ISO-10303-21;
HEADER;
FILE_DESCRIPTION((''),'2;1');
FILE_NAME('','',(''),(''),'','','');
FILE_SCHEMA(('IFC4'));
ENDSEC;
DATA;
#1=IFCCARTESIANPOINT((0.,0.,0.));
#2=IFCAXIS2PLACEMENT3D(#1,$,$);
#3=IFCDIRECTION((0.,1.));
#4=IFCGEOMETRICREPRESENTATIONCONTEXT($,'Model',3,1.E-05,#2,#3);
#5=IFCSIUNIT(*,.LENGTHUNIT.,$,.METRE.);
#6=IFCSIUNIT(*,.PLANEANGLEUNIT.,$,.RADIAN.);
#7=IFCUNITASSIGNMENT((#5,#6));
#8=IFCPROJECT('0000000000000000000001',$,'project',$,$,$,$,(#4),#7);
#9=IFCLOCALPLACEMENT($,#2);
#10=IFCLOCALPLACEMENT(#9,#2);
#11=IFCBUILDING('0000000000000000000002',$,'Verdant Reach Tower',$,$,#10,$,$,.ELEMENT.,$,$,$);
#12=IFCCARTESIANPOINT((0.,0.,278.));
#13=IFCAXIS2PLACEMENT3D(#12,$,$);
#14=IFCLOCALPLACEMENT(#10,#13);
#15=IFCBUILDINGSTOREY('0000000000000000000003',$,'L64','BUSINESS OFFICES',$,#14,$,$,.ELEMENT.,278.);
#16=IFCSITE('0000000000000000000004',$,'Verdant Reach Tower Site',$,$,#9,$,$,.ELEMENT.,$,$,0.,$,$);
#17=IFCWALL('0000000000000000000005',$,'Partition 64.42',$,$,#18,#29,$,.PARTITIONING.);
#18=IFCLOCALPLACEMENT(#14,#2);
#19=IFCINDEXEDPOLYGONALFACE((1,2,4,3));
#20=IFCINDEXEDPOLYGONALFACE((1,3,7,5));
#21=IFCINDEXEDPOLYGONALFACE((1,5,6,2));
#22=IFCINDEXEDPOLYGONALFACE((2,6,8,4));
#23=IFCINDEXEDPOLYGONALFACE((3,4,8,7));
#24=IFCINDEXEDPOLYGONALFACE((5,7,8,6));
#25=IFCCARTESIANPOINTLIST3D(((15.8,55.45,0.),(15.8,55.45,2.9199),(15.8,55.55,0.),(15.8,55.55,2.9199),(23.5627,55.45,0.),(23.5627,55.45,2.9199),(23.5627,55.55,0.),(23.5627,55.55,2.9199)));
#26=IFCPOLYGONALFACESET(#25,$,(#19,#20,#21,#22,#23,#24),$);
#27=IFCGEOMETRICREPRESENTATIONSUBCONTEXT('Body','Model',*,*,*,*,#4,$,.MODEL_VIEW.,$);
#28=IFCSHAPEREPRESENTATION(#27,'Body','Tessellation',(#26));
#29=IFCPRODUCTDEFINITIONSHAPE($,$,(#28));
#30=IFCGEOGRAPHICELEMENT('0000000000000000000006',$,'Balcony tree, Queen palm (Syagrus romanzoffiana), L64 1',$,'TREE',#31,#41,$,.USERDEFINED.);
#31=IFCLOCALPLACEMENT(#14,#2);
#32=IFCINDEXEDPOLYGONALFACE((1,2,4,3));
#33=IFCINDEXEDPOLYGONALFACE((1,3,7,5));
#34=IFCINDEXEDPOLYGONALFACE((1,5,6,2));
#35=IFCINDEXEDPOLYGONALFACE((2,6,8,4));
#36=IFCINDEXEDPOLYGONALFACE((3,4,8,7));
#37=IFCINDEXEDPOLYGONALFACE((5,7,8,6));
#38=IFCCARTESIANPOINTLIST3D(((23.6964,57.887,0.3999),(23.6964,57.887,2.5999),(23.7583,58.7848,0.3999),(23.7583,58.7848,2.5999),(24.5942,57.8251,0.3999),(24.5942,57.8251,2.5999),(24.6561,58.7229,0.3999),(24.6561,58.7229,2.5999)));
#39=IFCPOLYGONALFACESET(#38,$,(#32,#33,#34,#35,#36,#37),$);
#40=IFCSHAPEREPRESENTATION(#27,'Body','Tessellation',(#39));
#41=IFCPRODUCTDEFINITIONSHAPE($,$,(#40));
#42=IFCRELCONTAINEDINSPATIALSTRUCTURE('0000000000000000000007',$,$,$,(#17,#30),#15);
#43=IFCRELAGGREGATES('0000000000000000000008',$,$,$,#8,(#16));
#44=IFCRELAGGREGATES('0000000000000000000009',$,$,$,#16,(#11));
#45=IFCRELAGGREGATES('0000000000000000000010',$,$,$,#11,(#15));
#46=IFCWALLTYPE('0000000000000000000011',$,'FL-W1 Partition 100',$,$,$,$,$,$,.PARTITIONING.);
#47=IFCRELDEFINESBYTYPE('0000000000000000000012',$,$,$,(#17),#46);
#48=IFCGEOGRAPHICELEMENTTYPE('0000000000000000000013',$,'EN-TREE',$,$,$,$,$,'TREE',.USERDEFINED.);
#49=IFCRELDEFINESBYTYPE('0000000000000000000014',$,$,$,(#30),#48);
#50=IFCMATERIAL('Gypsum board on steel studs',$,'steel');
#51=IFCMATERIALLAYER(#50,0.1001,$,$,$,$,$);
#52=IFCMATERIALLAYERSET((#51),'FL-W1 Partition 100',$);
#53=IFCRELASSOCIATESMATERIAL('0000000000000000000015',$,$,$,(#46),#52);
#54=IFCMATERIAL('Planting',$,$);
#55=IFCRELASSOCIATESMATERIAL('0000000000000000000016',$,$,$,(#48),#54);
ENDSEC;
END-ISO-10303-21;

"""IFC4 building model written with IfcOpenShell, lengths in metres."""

from ifc_helpers import new_model, si_unit, direction, frame, frame_2d, origin, origin_2d, place, context, subcontext, project, spatial, rectangle, extrude, material, layer, layer_set, type_object, element, save


model = new_model("IFC4")

# Units and contexts
model_context = context("Model", 3, precision=1e-05, world=origin(), true_north=direction((0.0, 1.0)))
body_context = subcontext(model_context, "Body", "Model", "MODEL_VIEW")
ifc_project = project(units=[si_unit("LENGTHUNIT", "METRE"), si_unit("PLANEANGLEUNIT", "RADIAN")], contexts=[model_context])

# Site, building, storey
site_placement = place(None, origin())
site = spatial("IfcSite", under=ifc_project, at=site_placement, Name="Verdant Reach Tower Site", CompositionType="ELEMENT", RefElevation=0.0)
building_placement = place(site_placement, origin())
building = spatial("IfcBuilding", under=site, at=building_placement, Name="Verdant Reach Tower", CompositionType="ELEMENT")
storey_placement = place(building_placement, frame((0.0, 0.0, 278.0)))
storey = spatial("IfcBuildingStorey", under=building, at=storey_placement, Name="L64", Description="BUSINESS OFFICES", CompositionType="ELEMENT", Elevation=278.0)

# Wall
ifc_material_1 = material(Name="Gypsum board on steel studs", Category="steel")
ifc_layer_1 = layer(ifc_material_1, 0.1001)
ifc_layer_set_1 = layer_set([ifc_layer_1], Name="FL-W1 Partition 100")
wall_type_1 = type_object("IfcWallType", Name="FL-W1 Partition 100", PredefinedType="PARTITIONING", material=ifc_layer_set_1)
wall_1_placement = place(storey_placement, frame((23.5627, 55.5, 0.0), z_axis=(0.0, 0.0, 1.0), x_axis=(-1.0, 0.0, 0.0)))
element("IfcWall", 1, at=wall_1_placement, inside=storey, type_object=wall_type_1, Name="Partition 64.42", PredefinedType="PARTITIONING", context=body_context, shape_type="SweptSolid", body=[
    extrude(rectangle(XDim=7.7627, YDim=0.1001, at=frame_2d((3.8813, 0.0))), origin(), (0.0, 0.0, 1.0), 2.9199),
])

# Geographic element
ifc_material_2 = material(Name="Planting")
geographic_element_type = type_object("IfcGeographicElementType", Name="EN-TREE", ElementType="TREE", PredefinedType="USERDEFINED", material=ifc_material_2)
geographic_element_placement = place(storey_placement, frame((24.1763, 58.3049, 0.3999), z_axis=(0.0, 0.0, 1.0), x_axis=(0.068802, 0.99763, 0.0)))
element("IfcGeographicElement", 2, at=geographic_element_placement, inside=storey, type_object=geographic_element_type, Name="Balcony tree, Queen palm (Syagrus romanzoffiana), L64 1", ObjectType="TREE", PredefinedType="USERDEFINED", context=body_context, shape_type="SweptSolid", body=[
    extrude(rectangle(XDim=0.8999, YDim=0.8999, at=origin_2d()), origin(), (0.0, 0.0, 1.0), 2.2),
])

save(model, "model.ifc")
